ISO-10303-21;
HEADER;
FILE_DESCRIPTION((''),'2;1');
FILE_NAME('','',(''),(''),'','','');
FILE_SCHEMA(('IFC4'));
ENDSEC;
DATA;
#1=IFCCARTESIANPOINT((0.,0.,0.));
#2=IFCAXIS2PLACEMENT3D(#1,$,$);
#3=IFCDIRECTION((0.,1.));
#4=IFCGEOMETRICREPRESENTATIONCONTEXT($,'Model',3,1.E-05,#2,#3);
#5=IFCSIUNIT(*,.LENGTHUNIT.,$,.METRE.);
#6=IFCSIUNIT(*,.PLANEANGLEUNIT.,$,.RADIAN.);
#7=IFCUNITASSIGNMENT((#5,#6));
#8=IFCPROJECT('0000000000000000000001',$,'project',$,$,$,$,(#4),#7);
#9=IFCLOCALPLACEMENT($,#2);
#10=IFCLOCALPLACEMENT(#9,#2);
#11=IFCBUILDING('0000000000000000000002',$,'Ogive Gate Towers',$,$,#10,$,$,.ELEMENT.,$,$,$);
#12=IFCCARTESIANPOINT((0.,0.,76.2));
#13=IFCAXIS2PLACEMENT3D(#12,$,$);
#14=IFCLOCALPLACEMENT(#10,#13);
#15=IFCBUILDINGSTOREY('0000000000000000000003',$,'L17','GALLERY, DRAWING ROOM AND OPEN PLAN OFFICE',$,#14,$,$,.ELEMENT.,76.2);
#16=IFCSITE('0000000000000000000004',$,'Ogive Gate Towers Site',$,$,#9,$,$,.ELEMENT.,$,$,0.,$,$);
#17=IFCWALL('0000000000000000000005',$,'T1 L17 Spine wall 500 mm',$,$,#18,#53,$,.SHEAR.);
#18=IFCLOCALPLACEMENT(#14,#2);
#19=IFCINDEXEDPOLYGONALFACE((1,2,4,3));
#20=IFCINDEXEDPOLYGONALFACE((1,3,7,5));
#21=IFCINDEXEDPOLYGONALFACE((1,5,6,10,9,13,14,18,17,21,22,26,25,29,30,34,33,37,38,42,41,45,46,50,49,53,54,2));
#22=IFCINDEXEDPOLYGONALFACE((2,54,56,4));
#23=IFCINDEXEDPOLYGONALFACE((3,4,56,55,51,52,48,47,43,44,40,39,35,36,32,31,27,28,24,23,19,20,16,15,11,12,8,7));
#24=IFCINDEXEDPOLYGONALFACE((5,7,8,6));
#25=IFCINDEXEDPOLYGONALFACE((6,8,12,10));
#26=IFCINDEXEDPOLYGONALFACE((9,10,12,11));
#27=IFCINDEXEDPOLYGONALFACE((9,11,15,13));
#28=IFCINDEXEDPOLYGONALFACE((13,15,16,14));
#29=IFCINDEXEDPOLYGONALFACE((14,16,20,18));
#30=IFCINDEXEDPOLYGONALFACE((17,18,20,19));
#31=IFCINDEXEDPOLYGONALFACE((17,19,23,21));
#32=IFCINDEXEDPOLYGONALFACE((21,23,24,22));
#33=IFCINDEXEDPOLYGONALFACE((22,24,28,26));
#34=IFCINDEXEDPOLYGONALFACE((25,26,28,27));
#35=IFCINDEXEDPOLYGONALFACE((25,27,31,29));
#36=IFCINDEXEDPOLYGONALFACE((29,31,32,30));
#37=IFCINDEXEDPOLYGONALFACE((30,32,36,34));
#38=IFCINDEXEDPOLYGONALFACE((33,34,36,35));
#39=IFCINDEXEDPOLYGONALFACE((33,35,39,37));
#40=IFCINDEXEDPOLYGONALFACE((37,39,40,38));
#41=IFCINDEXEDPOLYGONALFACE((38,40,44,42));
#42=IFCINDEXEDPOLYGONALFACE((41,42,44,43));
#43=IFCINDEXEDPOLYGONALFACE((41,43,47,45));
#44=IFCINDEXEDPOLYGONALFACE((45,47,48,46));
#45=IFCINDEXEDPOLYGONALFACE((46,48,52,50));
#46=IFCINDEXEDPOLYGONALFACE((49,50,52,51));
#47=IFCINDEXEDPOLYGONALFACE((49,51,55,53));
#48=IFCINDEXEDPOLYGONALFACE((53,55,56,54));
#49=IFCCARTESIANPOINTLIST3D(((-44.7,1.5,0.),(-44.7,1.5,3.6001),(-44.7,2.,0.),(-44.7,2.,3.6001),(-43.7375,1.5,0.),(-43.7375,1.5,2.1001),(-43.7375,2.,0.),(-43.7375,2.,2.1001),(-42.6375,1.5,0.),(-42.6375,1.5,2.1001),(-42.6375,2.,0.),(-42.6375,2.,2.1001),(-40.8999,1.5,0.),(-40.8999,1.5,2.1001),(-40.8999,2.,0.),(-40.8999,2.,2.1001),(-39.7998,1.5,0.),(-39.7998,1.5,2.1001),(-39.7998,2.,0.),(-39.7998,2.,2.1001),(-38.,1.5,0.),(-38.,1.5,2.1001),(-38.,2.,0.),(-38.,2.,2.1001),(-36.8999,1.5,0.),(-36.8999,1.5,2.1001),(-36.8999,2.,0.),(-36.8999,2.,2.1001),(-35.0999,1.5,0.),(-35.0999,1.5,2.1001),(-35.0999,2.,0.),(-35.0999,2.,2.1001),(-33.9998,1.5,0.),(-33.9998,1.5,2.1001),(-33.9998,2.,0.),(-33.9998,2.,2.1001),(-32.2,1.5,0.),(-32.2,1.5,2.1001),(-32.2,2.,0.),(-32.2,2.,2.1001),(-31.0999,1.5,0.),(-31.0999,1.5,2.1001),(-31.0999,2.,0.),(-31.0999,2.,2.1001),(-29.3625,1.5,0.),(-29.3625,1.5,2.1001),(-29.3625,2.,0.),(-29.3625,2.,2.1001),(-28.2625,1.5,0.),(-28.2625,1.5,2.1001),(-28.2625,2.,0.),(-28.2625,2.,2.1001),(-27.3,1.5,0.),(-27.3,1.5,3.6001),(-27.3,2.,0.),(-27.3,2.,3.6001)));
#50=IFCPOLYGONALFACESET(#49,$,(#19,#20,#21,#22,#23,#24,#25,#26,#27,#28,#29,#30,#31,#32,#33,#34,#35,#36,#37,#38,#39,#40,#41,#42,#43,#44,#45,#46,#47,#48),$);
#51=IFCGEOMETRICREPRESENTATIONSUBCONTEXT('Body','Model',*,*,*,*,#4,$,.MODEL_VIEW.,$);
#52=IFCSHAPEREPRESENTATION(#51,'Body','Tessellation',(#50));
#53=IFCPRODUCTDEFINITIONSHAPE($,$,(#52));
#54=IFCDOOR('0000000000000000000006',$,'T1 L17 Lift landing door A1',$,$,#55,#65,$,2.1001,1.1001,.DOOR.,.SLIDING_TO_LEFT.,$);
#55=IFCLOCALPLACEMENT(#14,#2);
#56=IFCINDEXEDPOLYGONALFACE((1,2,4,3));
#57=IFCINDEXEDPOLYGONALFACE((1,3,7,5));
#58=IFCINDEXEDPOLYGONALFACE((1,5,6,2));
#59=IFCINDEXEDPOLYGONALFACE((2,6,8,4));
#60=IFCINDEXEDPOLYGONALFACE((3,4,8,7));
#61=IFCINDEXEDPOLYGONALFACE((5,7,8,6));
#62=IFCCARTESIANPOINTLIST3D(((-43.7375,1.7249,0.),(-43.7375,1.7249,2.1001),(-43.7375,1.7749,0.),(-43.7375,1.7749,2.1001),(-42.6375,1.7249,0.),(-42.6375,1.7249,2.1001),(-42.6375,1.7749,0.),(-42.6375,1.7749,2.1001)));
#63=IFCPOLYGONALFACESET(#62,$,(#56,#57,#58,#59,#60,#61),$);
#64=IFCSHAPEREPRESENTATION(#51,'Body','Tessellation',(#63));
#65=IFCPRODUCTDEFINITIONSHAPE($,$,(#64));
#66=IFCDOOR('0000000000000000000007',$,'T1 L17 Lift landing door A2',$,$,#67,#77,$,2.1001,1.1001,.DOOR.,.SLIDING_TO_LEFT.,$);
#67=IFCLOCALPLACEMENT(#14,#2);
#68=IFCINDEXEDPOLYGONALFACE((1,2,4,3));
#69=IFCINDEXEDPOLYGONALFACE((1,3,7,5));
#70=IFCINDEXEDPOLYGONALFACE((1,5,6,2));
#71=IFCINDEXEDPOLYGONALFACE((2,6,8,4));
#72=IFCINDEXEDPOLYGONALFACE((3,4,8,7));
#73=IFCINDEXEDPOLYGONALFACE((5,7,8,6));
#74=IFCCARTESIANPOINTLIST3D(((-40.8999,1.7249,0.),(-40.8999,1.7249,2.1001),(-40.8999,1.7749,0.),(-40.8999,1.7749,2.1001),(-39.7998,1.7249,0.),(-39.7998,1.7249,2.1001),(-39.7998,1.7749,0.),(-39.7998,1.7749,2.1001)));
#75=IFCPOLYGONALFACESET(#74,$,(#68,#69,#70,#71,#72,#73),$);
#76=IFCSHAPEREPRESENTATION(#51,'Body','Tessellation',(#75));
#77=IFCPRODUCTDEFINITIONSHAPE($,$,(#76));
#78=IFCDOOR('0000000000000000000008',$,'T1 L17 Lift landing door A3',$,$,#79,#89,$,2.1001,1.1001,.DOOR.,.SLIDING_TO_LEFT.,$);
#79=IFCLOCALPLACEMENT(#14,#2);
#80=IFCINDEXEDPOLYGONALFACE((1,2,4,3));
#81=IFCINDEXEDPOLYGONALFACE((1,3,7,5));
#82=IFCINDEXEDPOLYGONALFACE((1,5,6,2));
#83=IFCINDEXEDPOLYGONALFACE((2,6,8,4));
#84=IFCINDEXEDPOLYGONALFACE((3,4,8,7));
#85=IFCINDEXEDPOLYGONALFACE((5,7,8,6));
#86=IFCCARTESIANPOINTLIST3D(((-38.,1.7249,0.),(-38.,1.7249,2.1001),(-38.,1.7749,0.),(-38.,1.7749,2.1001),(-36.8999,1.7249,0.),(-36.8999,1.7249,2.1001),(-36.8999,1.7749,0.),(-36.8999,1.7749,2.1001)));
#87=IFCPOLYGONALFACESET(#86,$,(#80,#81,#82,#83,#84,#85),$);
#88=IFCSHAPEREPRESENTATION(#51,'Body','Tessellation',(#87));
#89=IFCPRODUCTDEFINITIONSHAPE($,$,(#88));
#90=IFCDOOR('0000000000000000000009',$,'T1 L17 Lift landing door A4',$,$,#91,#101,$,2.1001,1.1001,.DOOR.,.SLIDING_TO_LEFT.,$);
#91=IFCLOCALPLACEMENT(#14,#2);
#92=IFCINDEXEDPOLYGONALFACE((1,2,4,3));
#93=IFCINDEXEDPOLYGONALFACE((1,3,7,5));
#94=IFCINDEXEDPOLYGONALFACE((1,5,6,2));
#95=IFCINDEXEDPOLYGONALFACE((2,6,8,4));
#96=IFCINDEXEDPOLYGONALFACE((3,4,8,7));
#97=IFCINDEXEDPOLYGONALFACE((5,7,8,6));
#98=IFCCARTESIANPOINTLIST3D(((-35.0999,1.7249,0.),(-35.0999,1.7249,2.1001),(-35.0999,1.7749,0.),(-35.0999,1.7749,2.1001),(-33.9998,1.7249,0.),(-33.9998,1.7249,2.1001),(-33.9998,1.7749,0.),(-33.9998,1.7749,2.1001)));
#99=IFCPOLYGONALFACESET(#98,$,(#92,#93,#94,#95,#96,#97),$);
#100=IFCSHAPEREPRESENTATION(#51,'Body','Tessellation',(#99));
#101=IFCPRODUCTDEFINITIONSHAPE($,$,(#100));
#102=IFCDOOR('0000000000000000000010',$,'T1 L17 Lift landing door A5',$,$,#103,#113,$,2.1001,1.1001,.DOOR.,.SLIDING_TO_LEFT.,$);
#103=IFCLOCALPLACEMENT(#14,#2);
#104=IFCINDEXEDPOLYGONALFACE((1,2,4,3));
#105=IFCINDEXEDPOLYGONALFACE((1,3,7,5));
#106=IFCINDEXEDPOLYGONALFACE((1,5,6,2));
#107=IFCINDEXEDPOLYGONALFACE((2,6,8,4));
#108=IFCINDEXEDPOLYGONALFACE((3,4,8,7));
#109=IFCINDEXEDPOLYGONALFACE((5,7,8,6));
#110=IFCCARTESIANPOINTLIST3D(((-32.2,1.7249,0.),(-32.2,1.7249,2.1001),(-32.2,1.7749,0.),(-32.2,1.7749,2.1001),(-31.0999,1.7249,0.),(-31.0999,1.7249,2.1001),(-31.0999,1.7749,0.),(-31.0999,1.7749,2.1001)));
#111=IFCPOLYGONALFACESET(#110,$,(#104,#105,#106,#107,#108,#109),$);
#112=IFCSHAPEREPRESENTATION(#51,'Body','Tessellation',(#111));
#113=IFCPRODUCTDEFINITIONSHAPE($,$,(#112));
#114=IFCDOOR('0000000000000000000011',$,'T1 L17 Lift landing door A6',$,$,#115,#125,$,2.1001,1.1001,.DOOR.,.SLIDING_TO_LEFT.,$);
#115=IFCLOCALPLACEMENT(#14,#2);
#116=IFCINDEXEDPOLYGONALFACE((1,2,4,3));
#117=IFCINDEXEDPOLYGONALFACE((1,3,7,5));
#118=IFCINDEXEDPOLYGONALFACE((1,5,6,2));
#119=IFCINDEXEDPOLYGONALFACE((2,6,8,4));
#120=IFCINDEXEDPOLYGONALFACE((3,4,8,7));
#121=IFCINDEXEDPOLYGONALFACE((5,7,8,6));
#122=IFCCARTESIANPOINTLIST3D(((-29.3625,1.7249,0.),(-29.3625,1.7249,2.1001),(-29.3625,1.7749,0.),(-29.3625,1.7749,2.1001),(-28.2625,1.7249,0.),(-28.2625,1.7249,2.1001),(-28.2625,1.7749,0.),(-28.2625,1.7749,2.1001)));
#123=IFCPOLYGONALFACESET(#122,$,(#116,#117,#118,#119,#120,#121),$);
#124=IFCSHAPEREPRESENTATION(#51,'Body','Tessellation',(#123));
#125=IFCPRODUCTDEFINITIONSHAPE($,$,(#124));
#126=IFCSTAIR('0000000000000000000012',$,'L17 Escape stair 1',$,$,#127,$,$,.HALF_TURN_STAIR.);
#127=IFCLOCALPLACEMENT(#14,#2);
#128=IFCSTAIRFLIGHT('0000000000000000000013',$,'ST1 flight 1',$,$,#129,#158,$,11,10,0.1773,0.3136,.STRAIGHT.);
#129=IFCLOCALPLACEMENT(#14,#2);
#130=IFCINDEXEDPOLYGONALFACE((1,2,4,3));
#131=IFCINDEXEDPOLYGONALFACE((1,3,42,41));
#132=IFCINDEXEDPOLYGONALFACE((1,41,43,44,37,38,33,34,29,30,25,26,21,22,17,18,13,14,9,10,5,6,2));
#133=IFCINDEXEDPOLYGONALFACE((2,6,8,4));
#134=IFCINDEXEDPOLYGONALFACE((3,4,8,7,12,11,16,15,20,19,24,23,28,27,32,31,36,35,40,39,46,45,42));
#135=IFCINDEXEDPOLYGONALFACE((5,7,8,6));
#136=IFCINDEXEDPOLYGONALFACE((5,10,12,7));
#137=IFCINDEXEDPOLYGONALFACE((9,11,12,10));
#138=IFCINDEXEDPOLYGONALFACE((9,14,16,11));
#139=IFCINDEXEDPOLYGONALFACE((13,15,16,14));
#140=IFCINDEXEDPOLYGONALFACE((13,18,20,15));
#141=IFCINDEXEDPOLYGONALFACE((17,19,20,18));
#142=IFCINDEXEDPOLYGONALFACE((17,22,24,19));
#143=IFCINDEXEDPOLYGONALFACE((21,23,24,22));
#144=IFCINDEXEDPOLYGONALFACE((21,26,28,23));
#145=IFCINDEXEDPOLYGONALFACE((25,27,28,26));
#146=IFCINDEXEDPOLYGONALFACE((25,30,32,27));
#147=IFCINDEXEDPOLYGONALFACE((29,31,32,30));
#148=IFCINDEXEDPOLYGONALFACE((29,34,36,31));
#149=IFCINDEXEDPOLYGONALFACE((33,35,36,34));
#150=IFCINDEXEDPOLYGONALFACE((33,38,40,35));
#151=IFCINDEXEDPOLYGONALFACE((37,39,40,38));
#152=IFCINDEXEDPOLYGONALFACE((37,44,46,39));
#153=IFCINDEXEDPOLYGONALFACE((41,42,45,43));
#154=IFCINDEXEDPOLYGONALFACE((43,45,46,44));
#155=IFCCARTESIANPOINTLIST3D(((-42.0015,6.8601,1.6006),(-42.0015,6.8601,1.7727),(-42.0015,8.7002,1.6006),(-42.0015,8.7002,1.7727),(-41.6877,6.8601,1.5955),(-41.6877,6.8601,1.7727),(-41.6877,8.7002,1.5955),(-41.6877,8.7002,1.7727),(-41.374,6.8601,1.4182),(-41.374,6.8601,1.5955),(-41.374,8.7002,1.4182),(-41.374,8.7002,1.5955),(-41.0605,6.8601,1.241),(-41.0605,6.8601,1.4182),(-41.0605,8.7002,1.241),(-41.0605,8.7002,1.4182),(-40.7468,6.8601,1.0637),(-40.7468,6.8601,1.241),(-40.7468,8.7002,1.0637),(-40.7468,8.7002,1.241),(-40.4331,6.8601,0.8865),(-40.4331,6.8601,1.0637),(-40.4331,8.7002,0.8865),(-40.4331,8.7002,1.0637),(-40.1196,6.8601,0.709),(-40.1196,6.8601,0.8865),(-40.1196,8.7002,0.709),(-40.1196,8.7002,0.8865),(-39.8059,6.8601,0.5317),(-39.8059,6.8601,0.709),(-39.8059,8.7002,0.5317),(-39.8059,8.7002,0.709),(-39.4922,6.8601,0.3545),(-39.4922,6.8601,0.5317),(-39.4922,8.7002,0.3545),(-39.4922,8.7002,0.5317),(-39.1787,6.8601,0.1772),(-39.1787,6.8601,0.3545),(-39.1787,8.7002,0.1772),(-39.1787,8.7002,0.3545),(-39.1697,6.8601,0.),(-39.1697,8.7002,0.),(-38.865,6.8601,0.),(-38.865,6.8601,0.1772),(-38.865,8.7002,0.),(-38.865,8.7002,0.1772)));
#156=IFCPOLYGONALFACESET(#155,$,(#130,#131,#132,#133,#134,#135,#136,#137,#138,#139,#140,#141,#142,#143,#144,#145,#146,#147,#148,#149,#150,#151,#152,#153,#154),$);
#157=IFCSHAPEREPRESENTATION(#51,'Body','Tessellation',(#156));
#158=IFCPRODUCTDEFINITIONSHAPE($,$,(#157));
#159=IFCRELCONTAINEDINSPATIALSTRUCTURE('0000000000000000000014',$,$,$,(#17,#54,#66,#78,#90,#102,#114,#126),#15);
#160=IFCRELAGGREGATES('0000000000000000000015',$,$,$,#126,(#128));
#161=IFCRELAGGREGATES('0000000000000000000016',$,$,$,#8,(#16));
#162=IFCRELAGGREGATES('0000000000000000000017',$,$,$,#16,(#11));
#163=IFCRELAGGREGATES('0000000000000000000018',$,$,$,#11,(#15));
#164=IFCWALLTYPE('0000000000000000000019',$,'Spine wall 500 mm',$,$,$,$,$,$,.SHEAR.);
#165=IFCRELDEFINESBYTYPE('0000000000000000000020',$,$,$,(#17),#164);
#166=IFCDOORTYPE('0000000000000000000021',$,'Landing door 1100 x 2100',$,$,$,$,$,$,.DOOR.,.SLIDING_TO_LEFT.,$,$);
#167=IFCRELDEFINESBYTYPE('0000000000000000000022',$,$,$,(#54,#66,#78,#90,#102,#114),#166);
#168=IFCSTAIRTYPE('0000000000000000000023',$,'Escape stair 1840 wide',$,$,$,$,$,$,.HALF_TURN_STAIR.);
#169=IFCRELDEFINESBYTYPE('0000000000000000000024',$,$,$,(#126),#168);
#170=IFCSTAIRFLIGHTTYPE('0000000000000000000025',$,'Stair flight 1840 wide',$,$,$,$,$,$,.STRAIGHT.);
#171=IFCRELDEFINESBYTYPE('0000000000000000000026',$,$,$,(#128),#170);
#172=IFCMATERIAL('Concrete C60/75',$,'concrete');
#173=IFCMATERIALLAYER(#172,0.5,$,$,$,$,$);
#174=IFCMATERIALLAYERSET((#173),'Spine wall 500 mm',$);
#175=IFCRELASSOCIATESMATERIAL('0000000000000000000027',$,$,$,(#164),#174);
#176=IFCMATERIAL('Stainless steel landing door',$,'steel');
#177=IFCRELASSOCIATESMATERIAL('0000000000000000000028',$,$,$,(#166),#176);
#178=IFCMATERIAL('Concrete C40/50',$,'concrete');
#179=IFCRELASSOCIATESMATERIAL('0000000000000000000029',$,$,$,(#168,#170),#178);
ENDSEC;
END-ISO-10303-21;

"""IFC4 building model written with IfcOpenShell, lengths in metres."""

from ifc_helpers import new_model, si_unit, direction, frame, frame_2d, origin, place, context, subcontext, project, spatial, polyline, rectangle, outline, extrude, material, layer, layer_set, type_object, element, fill, aggregate, save


model = new_model("IFC4")

# Units and contexts
model_context = context("Model", 3, precision=1e-05, world=origin(), true_north=direction((0.0, 1.0)))
body_context = subcontext(model_context, "Body", "Model", "MODEL_VIEW")
ifc_project = project(units=[si_unit("LENGTHUNIT", "METRE"), si_unit("PLANEANGLEUNIT", "RADIAN")], contexts=[model_context])

# Site, building, storey
site_placement = place(None, origin())
site = spatial("IfcSite", under=ifc_project, at=site_placement, Name="Ogive Gate Towers Site", CompositionType="ELEMENT", RefElevation=0.0)
building_placement = place(site_placement, origin())
building = spatial("IfcBuilding", under=site, at=building_placement, Name="Ogive Gate Towers", CompositionType="ELEMENT")
storey_placement = place(building_placement, frame((0.0, 0.0, 76.2)))
storey = spatial("IfcBuildingStorey", under=building, at=storey_placement, Name="L17", Description="GALLERY, DRAWING ROOM AND OPEN PLAN OFFICE", CompositionType="ELEMENT", Elevation=76.2)

# Shared definitions
ifc_material_1 = material(Name="Concrete C60/75", Category="concrete")

# Wall, openings, doors
ifc_layer_1 = layer(ifc_material_1, 0.5)
ifc_layer_set_1 = layer_set([ifc_layer_1], Name="Spine wall 500 mm")
wall_type_1 = type_object("IfcWallType", Name="Spine wall 500 mm", PredefinedType="SHEAR", material=ifc_layer_set_1)
wall_1_placement = place(storey_placement, frame((-44.7, 1.75, 0.0), z_axis=(0.0, 0.0, 1.0), x_axis=(1.0, 0.0, 0.0)))
wall_1 = element("IfcWall", 1, at=wall_1_placement, inside=storey, type_object=wall_type_1, Name="T1 L17 Spine wall 500 mm", PredefinedType="SHEAR", context=body_context, shape_type="SweptSolid", body=[
    extrude(rectangle(XDim=17.3999, YDim=0.5, at=frame_2d((8.7, 0.0))), origin(), (0.0, 0.0, 1.0), 3.6001),
])
opening_1_placement = place(wall_1_placement, frame((0.9624, 0.0, 0.0)))
opening_1 = element("IfcOpeningElement", 2, at=opening_1_placement, cuts=wall_1, PredefinedType="OPENING", context=body_context, shape_type="SweptSolid", body=[
    extrude(rectangle(XDim=1.1001, YDim=2.1001, at=frame_2d((0.55, 1.05))), frame((0.0, 0.26, 0.0), z_axis=(0.0, -1.0, 0.0), x_axis=(1.0, 0.0, 0.0)), (0.0, 0.0, 1.0), 0.52),
])
opening_2_placement = place(wall_1_placement, frame((3.8, 0.0, 0.0)))
opening_2 = element("IfcOpeningElement", 3, at=opening_2_placement, cuts=wall_1, PredefinedType="OPENING", context=body_context, shape_type="SweptSolid", body=[
    extrude(rectangle(XDim=1.1001, YDim=2.1001, at=frame_2d((0.55, 1.05))), frame((0.0, 0.26, 0.0), z_axis=(0.0, -1.0, 0.0), x_axis=(1.0, 0.0, 0.0)), (0.0, 0.0, 1.0), 0.52),
])
opening_3_placement = place(wall_1_placement, frame((6.7, 0.0, 0.0)))
opening_3 = element("IfcOpeningElement", 4, at=opening_3_placement, cuts=wall_1, PredefinedType="OPENING", context=body_context, shape_type="SweptSolid", body=[
    extrude(rectangle(XDim=1.1001, YDim=2.1001, at=frame_2d((0.55, 1.05))), frame((0.0, 0.26, 0.0), z_axis=(0.0, -1.0, 0.0), x_axis=(1.0, 0.0, 0.0)), (0.0, 0.0, 1.0), 0.52),
])
opening_4_placement = place(wall_1_placement, frame((9.6001, 0.0, 0.0)))
opening_4 = element("IfcOpeningElement", 5, at=opening_4_placement, cuts=wall_1, PredefinedType="OPENING", context=body_context, shape_type="SweptSolid", body=[
    extrude(rectangle(XDim=1.1001, YDim=2.1001, at=frame_2d((0.55, 1.05))), frame((0.0, 0.26, 0.0), z_axis=(0.0, -1.0, 0.0), x_axis=(1.0, 0.0, 0.0)), (0.0, 0.0, 1.0), 0.52),
])
opening_5_placement = place(wall_1_placement, frame((12.5, 0.0, 0.0)))
opening_5 = element("IfcOpeningElement", 6, at=opening_5_placement, cuts=wall_1, PredefinedType="OPENING", context=body_context, shape_type="SweptSolid", body=[
    extrude(rectangle(XDim=1.1001, YDim=2.1001, at=frame_2d((0.55, 1.05))), frame((0.0, 0.26, 0.0), z_axis=(0.0, -1.0, 0.0), x_axis=(1.0, 0.0, 0.0)), (0.0, 0.0, 1.0), 0.52),
])
opening_6_placement = place(wall_1_placement, frame((15.3374, 0.0, 0.0)))
opening_6 = element("IfcOpeningElement", 7, at=opening_6_placement, cuts=wall_1, PredefinedType="OPENING", context=body_context, shape_type="SweptSolid", body=[
    extrude(rectangle(XDim=1.1001, YDim=2.1001, at=frame_2d((0.55, 1.05))), frame((0.0, 0.26, 0.0), z_axis=(0.0, -1.0, 0.0), x_axis=(1.0, 0.0, 0.0)), (0.0, 0.0, 1.0), 0.52),
])
ifc_material_2 = material(Name="Stainless steel landing door", Category="steel")
door_type_1 = type_object("IfcDoorType", Name="Landing door 1100 x 2100", OperationType="SLIDING_TO_LEFT", PredefinedType="DOOR", material=ifc_material_2)
door_1_placement = place(opening_1_placement, origin())
door_1 = element("IfcDoor", 8, at=door_1_placement, inside=storey, type_object=door_type_1, Name="T1 L17 Lift landing door A1", OperationType="SLIDING_TO_LEFT", OverallHeight=2.1001, OverallWidth=1.1001, PredefinedType="DOOR", context=body_context, shape_type="SweptSolid", body=[
    extrude(rectangle(XDim=1.1001, YDim=2.1001, at=frame_2d((0.55, 1.05))), frame((0.0, 0.0249, 0.0), z_axis=(0.0, -1.0, 0.0), x_axis=(1.0, 0.0, 0.0)), (0.0, 0.0, 1.0), 0.05),
])
fill(opening_1, door_1)
door_2_placement = place(opening_2_placement, origin())
door_2 = element("IfcDoor", 9, at=door_2_placement, inside=storey, type_object=door_type_1, Name="T1 L17 Lift landing door A2", OperationType="SLIDING_TO_LEFT", OverallHeight=2.1001, OverallWidth=1.1001, PredefinedType="DOOR", context=body_context, shape_type="SweptSolid", body=[
    extrude(rectangle(XDim=1.1001, YDim=2.1001, at=frame_2d((0.55, 1.05))), frame((0.0, 0.0249, 0.0), z_axis=(0.0, -1.0, 0.0), x_axis=(1.0, 0.0, 0.0)), (0.0, 0.0, 1.0), 0.05),
])
fill(opening_2, door_2)
door_3_placement = place(opening_3_placement, origin())
door_3 = element("IfcDoor", 10, at=door_3_placement, inside=storey, type_object=door_type_1, Name="T1 L17 Lift landing door A3", OperationType="SLIDING_TO_LEFT", OverallHeight=2.1001, OverallWidth=1.1001, PredefinedType="DOOR", context=body_context, shape_type="SweptSolid", body=[
    extrude(rectangle(XDim=1.1001, YDim=2.1001, at=frame_2d((0.55, 1.05))), frame((0.0, 0.0249, 0.0), z_axis=(0.0, -1.0, 0.0), x_axis=(1.0, 0.0, 0.0)), (0.0, 0.0, 1.0), 0.05),
])
fill(opening_3, door_3)
door_4_placement = place(opening_4_placement, origin())
door_4 = element("IfcDoor", 11, at=door_4_placement, inside=storey, type_object=door_type_1, Name="T1 L17 Lift landing door A4", OperationType="SLIDING_TO_LEFT", OverallHeight=2.1001, OverallWidth=1.1001, PredefinedType="DOOR", context=body_context, shape_type="SweptSolid", body=[
    extrude(rectangle(XDim=1.1001, YDim=2.1001, at=frame_2d((0.55, 1.05))), frame((0.0, 0.0249, 0.0), z_axis=(0.0, -1.0, 0.0), x_axis=(1.0, 0.0, 0.0)), (0.0, 0.0, 1.0), 0.05),
])
fill(opening_4, door_4)
door_5_placement = place(opening_5_placement, origin())
door_5 = element("IfcDoor", 12, at=door_5_placement, inside=storey, type_object=door_type_1, Name="T1 L17 Lift landing door A5", OperationType="SLIDING_TO_LEFT", OverallHeight=2.1001, OverallWidth=1.1001, PredefinedType="DOOR", context=body_context, shape_type="SweptSolid", body=[
    extrude(rectangle(XDim=1.1001, YDim=2.1001, at=frame_2d((0.55, 1.05))), frame((0.0, 0.0249, 0.0), z_axis=(0.0, -1.0, 0.0), x_axis=(1.0, 0.0, 0.0)), (0.0, 0.0, 1.0), 0.05),
])
fill(opening_5, door_5)
door_6_placement = place(opening_6_placement, origin())
door_6 = element("IfcDoor", 13, at=door_6_placement, inside=storey, type_object=door_type_1, Name="T1 L17 Lift landing door A6", OperationType="SLIDING_TO_LEFT", OverallHeight=2.1001, OverallWidth=1.1001, PredefinedType="DOOR", context=body_context, shape_type="SweptSolid", body=[
    extrude(rectangle(XDim=1.1001, YDim=2.1001, at=frame_2d((0.55, 1.05))), frame((0.0, 0.0249, 0.0), z_axis=(0.0, -1.0, 0.0), x_axis=(1.0, 0.0, 0.0)), (0.0, 0.0, 1.0), 0.05),
])
fill(opening_6, door_6)

# Stair, stair flight
ifc_material_3 = material(Name="Concrete C40/50", Category="concrete")
stair_type = type_object("IfcStairType", Name="Escape stair 1840 wide", PredefinedType="HALF_TURN_STAIR", material=ifc_material_3)
stair_placement = place(storey_placement, origin())
stair = element("IfcStair", 14, at=stair_placement, inside=storey, type_object=stair_type, Name="L17 Escape stair 1", PredefinedType="HALF_TURN_STAIR")
stair_flight_type = type_object("IfcStairFlightType", Name="Stair flight 1840 wide", PredefinedType="STRAIGHT", material=ifc_material_3)
stair_flight_1_placement = place(storey_placement, frame((-38.865, 7.78, 0.0), z_axis=(0.0, 0.0, 1.0), x_axis=(-1.0, 0.0, 0.0)))
stair_flight_1 = element("IfcStairFlight", 15, at=stair_flight_1_placement, type_object=stair_flight_type, Name="ST1 flight 1", NumberOfRisers=11, NumberOfTreads=10, PredefinedType="STRAIGHT", RiserHeight=0.1773, TreadLength=0.3136, context=body_context, shape_type="SweptSolid", body=[
    extrude(outline(polyline([(0.0, 0.0), (0.0, 0.1772), (0.3137, 0.1772), (0.3137, 0.3545), (0.6272, 0.3545), (0.6272, 0.5317), (0.9409, 0.5317), (0.9409, 0.709), (1.2546, 0.709), (1.2546, 0.8865), (1.5681, 0.8865), (1.5681, 1.0637), (1.8818, 1.0637), (1.8818, 1.241), (2.1956, 1.241), (2.1956, 1.4182), (2.509, 1.4182), (2.509, 1.5955), (2.8228, 1.5955), (2.8228, 1.7727), (3.1365, 1.7727), (3.1365, 1.95), (3.1365, 1.6006), (0.3047, 0.0), (0.0, 0.0)])), frame((0.0, 0.9199, 0.0), z_axis=(0.0, -1.0, 0.0), x_axis=(1.0, 0.0, 0.0)), (0.0, 0.0, 1.0), 1.8401),
])
aggregate(stair, [stair_flight_1])

save(model, "model.ifc")
